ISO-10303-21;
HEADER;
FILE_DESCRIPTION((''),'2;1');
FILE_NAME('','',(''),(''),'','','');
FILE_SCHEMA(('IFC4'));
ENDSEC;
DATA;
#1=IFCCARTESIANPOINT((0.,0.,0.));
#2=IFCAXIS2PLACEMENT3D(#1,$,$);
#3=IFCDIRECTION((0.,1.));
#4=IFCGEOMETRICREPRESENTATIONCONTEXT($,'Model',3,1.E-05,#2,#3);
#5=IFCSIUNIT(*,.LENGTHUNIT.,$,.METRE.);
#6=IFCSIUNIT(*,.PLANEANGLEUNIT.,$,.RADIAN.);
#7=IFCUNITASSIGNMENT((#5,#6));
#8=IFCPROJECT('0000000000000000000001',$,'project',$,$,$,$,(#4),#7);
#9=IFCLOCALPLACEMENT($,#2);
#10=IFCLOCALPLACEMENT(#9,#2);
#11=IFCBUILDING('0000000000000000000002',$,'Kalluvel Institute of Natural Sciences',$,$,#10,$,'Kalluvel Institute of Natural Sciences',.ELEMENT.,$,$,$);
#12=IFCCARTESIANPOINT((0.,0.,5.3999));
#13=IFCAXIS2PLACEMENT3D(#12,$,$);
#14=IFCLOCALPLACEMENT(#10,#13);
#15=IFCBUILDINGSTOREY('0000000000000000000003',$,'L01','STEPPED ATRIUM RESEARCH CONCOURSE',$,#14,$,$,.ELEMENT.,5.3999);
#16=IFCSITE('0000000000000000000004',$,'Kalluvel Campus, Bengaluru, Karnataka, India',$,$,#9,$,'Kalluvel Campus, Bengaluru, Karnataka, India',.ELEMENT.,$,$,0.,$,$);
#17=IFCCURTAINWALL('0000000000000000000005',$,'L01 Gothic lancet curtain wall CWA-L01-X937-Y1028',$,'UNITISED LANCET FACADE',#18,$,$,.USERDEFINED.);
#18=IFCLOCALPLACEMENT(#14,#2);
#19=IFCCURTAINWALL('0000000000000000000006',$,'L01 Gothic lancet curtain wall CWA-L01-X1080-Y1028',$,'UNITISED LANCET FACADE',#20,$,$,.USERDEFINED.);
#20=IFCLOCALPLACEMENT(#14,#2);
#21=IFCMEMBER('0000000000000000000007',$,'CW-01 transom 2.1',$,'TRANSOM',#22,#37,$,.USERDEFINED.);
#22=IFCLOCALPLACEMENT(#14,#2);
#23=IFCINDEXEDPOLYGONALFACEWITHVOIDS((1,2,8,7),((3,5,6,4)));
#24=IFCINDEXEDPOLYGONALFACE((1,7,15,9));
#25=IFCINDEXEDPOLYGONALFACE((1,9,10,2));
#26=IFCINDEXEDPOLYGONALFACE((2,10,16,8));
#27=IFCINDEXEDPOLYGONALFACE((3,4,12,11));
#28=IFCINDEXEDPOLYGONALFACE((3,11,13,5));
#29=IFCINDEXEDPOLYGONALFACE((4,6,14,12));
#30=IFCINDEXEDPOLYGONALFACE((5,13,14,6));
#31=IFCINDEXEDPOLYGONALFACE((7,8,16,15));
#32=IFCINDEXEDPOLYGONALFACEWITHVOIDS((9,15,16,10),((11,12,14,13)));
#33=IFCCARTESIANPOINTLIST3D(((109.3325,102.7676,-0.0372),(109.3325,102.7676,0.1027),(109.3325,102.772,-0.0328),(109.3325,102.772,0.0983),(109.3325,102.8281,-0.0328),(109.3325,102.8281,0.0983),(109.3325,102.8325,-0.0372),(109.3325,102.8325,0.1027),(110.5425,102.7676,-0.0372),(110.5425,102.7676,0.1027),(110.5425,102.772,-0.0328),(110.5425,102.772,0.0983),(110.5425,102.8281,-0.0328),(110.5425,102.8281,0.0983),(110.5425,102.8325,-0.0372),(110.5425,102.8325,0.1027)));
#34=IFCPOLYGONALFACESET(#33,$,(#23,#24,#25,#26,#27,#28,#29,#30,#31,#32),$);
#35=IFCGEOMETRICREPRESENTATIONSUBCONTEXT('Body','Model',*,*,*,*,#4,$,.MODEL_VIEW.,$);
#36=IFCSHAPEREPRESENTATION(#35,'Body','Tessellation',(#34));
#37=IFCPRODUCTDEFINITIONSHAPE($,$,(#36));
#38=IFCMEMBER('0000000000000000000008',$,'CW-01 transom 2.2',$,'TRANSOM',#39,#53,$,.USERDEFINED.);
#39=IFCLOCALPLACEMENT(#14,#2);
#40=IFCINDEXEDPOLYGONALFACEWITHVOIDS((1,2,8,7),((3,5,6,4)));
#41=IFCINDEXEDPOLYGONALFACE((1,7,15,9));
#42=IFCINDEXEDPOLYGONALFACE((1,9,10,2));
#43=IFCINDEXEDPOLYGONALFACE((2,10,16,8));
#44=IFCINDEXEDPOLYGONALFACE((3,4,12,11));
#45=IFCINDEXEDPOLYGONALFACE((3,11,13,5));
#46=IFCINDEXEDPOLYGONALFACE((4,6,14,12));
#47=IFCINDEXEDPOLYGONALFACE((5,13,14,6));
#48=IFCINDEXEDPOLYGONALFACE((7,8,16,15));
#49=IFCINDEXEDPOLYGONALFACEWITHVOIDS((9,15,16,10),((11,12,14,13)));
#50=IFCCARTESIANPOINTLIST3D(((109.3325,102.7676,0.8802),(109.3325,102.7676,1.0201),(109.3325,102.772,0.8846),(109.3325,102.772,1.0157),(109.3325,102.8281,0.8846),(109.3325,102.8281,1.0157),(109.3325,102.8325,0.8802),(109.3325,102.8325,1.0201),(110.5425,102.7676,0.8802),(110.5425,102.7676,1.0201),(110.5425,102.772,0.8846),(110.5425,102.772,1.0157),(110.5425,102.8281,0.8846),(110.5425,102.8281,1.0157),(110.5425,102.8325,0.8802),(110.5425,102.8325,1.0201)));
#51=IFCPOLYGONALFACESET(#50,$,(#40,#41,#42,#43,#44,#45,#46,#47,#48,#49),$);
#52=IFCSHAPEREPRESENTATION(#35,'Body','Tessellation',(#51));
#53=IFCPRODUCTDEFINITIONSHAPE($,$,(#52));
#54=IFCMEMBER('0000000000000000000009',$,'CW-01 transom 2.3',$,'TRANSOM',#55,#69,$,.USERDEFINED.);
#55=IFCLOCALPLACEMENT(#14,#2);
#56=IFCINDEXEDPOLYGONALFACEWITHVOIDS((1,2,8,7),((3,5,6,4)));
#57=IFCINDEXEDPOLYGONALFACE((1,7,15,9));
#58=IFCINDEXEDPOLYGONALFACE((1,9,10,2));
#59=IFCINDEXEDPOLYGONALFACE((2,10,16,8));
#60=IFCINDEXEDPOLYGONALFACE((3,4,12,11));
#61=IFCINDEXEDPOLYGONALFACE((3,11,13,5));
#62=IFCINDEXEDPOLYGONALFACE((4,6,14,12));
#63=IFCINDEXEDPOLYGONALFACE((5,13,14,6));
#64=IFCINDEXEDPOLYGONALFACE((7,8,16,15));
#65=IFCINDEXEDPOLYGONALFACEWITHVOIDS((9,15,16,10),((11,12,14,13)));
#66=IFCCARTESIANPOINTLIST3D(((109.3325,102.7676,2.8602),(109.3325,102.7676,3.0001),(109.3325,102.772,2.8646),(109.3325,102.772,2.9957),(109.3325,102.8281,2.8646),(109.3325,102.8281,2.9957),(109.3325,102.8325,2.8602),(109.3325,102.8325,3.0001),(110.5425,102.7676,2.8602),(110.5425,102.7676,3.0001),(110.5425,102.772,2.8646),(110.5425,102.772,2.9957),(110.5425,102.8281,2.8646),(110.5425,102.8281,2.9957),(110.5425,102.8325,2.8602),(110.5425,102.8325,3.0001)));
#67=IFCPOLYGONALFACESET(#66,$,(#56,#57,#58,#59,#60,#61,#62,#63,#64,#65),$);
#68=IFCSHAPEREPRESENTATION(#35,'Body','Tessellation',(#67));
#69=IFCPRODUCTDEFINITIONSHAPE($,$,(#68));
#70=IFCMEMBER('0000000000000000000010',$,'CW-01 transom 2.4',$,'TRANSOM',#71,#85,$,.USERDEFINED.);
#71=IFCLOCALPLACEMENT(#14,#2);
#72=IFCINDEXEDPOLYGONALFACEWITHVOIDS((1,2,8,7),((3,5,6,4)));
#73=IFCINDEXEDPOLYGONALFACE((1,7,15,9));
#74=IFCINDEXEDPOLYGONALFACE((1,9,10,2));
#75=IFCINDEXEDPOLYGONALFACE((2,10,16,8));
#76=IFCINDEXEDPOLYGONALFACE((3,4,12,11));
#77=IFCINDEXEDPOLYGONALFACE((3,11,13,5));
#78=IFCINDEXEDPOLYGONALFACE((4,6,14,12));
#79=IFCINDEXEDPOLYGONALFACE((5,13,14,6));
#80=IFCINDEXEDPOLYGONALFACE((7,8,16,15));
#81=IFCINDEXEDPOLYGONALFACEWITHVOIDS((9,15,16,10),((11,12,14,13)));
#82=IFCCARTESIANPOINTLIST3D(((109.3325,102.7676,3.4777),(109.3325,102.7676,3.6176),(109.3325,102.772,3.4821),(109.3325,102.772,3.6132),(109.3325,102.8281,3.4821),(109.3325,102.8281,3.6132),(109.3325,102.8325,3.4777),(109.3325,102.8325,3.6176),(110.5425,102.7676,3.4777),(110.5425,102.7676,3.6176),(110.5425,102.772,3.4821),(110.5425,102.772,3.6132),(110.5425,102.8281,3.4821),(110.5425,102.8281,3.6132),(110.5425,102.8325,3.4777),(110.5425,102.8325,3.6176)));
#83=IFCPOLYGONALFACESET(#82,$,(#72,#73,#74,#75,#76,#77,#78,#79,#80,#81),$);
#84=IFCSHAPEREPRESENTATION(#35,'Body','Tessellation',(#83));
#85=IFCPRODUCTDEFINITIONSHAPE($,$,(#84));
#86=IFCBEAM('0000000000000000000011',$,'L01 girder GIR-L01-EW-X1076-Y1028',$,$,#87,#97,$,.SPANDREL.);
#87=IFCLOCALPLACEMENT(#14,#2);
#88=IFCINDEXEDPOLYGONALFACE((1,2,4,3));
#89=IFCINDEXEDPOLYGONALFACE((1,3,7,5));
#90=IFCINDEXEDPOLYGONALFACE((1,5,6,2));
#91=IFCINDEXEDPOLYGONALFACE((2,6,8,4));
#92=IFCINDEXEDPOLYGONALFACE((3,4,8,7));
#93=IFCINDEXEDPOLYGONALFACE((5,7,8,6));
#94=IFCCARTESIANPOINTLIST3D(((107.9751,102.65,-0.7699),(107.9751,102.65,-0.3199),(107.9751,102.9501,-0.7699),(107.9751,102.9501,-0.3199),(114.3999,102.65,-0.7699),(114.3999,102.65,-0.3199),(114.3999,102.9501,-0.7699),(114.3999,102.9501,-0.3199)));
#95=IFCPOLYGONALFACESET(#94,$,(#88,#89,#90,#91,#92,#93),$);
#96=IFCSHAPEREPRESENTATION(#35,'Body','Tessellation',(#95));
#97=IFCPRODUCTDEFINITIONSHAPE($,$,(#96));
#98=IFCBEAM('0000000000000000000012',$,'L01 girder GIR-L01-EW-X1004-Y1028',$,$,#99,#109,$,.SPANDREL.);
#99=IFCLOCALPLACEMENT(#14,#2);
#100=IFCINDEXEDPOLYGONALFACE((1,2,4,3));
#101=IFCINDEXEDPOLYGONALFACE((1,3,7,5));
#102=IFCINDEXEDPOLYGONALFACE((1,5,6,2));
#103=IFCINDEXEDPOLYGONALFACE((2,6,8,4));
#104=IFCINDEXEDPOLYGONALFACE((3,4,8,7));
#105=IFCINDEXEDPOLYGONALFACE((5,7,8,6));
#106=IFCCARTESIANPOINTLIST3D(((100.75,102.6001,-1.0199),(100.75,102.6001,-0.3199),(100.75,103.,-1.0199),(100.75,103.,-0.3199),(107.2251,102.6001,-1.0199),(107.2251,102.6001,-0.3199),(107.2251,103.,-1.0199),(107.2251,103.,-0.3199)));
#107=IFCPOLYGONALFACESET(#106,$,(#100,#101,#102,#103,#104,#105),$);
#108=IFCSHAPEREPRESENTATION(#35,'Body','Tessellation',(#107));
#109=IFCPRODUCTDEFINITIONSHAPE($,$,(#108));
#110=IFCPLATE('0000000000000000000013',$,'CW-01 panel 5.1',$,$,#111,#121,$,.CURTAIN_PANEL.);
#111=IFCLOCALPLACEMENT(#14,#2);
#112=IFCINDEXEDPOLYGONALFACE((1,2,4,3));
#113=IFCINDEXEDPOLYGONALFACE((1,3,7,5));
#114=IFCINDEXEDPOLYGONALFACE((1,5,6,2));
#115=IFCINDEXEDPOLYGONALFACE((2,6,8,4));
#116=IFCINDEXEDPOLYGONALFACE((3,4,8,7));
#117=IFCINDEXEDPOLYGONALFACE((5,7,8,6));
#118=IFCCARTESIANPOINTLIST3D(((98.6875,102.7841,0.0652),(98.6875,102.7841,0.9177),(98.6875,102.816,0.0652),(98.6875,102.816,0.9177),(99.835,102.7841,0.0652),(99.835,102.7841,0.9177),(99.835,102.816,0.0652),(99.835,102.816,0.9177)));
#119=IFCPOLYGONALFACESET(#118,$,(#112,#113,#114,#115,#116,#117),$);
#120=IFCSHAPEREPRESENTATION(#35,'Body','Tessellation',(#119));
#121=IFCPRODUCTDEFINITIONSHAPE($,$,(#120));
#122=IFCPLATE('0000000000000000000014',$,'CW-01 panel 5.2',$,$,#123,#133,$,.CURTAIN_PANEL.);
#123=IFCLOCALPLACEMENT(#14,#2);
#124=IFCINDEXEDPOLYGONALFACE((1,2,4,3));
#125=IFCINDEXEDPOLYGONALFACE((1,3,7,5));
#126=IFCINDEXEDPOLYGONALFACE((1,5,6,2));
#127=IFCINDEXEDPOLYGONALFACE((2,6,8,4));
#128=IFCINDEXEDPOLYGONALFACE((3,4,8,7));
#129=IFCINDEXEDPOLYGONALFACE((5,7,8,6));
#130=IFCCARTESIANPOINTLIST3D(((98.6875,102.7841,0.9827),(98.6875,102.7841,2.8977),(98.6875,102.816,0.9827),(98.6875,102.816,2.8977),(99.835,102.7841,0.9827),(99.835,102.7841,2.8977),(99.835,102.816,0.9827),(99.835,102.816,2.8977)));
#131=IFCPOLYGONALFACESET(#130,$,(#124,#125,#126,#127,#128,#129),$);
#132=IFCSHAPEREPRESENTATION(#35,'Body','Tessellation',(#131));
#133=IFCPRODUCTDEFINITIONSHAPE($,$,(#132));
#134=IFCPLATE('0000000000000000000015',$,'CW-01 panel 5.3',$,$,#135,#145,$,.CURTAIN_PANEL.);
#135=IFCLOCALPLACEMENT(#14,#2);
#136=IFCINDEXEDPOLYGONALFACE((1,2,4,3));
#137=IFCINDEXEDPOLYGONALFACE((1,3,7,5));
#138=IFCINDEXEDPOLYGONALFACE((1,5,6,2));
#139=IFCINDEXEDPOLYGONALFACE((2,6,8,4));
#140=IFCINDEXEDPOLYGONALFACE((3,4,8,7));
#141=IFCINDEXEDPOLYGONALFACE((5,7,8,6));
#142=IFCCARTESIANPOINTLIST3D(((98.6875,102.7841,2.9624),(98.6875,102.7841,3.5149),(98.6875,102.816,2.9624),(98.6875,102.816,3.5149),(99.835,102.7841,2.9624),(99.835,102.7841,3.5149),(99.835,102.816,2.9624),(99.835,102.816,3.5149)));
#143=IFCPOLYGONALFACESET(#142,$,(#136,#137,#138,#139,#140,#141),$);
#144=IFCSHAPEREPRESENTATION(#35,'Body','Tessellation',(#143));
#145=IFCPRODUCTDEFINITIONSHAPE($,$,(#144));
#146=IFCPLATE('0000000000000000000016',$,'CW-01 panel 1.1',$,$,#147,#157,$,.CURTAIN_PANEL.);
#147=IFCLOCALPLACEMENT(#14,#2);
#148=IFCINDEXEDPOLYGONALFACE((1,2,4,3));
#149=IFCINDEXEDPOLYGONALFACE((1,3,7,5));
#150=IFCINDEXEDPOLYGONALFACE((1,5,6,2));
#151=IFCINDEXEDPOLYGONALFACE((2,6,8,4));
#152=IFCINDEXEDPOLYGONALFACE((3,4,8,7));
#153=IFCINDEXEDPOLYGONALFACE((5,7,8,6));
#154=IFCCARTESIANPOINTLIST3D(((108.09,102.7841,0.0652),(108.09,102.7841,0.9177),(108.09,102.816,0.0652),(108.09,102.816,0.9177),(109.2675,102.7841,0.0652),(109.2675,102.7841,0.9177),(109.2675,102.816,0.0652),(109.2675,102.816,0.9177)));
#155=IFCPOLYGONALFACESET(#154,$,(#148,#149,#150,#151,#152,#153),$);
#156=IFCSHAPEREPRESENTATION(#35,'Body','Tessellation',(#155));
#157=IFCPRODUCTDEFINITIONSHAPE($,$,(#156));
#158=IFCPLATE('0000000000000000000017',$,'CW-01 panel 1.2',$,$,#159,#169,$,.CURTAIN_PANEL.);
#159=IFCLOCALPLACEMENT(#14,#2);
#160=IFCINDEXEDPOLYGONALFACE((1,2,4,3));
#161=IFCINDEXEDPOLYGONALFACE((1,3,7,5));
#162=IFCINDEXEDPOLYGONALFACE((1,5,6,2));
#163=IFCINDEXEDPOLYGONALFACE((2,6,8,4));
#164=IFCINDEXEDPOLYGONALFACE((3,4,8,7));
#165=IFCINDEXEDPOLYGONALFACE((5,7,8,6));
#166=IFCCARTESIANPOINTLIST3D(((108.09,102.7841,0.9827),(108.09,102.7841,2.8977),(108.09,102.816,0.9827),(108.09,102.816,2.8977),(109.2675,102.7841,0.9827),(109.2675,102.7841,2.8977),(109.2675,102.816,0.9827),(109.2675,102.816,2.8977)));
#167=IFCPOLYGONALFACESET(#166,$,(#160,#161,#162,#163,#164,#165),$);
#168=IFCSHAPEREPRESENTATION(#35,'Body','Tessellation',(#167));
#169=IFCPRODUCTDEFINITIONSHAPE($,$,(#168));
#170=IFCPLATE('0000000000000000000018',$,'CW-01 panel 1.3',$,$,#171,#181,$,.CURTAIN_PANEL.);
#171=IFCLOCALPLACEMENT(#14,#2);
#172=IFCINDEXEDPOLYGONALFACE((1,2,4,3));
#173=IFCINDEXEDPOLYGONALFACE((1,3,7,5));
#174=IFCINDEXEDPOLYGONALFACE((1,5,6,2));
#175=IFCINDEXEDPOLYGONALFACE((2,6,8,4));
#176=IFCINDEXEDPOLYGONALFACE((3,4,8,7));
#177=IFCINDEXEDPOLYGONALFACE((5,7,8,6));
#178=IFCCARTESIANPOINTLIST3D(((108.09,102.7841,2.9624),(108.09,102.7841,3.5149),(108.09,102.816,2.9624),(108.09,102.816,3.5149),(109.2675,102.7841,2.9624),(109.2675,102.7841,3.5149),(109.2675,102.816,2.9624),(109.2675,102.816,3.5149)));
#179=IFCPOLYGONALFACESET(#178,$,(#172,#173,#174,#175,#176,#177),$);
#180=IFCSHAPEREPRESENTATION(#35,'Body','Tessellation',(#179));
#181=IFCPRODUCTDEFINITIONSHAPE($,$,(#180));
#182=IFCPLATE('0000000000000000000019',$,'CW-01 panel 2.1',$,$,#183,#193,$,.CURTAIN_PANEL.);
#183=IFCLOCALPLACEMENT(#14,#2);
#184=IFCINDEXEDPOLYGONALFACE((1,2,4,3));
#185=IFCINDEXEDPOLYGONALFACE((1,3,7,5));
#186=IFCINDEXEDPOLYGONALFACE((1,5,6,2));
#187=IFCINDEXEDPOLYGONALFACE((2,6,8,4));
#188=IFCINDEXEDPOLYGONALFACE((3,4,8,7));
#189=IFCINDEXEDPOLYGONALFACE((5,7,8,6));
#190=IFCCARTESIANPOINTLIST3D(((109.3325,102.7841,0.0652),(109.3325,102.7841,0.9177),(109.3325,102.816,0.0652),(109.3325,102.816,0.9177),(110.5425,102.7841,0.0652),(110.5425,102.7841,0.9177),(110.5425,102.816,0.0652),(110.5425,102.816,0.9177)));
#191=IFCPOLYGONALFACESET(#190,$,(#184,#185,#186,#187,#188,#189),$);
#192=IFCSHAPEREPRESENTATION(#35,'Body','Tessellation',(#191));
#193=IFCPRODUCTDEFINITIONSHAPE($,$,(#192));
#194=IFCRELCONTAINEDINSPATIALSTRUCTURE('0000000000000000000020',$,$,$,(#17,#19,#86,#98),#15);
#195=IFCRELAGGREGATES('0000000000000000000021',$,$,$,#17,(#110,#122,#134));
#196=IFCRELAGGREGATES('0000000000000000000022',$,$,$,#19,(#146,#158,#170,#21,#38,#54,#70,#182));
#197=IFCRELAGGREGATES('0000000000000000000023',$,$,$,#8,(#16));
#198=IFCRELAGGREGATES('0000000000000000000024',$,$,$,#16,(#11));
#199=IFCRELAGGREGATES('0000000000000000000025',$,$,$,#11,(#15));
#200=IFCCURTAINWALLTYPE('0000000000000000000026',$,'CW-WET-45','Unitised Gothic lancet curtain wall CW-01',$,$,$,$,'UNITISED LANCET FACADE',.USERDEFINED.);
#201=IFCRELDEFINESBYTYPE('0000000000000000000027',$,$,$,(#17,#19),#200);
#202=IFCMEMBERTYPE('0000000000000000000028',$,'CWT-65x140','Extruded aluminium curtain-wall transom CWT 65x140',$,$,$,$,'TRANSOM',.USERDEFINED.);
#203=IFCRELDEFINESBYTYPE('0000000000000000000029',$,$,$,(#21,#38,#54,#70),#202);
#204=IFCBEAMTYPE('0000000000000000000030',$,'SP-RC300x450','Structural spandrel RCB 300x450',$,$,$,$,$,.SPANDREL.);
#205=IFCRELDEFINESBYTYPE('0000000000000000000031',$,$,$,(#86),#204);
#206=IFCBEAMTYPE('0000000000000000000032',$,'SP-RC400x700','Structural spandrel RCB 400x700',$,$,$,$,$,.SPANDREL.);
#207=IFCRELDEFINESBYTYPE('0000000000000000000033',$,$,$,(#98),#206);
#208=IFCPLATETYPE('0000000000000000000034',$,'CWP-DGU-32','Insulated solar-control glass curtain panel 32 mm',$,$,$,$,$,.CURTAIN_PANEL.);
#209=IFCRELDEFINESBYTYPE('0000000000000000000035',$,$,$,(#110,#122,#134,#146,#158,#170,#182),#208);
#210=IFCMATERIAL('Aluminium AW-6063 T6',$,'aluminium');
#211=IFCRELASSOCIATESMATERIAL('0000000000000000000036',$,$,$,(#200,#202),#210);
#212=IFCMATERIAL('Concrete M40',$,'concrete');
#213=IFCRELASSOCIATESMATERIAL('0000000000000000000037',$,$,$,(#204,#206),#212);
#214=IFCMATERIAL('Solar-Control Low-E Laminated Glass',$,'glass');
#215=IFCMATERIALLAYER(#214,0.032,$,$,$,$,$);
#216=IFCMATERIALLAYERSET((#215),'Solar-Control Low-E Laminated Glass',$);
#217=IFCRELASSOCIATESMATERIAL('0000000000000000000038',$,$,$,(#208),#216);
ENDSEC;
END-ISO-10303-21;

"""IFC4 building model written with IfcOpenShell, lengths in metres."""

from ifc_helpers import new_model, si_unit, direction, frame, origin, origin_2d, place, context, subcontext, project, spatial, rectangle, hollow_rectangle, extrude, material, layer, layer_set, material_profile, profile_set, type_object, element, aggregate, save


model = new_model("IFC4")

# Units and contexts
model_context = context("Model", 3, precision=1e-05, world=origin(), true_north=direction((0.0, 1.0)))
body_context = subcontext(model_context, "Body", "Model", "MODEL_VIEW")
ifc_project = project(units=[si_unit("LENGTHUNIT", "METRE"), si_unit("PLANEANGLEUNIT", "RADIAN")], contexts=[model_context])

# Site, building, storey
site_placement = place(None, origin())
site = spatial("IfcSite", under=ifc_project, at=site_placement, Name="Kalluvel Campus, Bengaluru, Karnataka, India", LongName="Kalluvel Campus, Bengaluru, Karnataka, India", CompositionType="ELEMENT", RefElevation=0.0)
building_placement = place(site_placement, origin())
building = spatial("IfcBuilding", under=site, at=building_placement, Name="Kalluvel Institute of Natural Sciences", LongName="Kalluvel Institute of Natural Sciences", CompositionType="ELEMENT")
storey_placement = place(building_placement, frame((0.0, 0.0, 5.3999)))
storey = spatial("IfcBuildingStorey", under=building, at=storey_placement, Name="L01", Description="STEPPED ATRIUM RESEARCH CONCOURSE", CompositionType="ELEMENT", Elevation=5.3999)

# Curtain wall
ifc_material_1 = material(Name="Aluminium AW-6063 T6", Category="aluminium")
curtain_wall_type = type_object("IfcCurtainWallType", Name="CW-WET-45", Description="Unitised Gothic lancet curtain wall CW-01", ElementType="UNITISED LANCET FACADE", PredefinedType="USERDEFINED", material=ifc_material_1)
curtain_wall_1_placement = place(storey_placement, origin())
curtain_wall_1 = element("IfcCurtainWall", 1, at=curtain_wall_1_placement, inside=storey, type_object=curtain_wall_type, Name="L01 Gothic lancet curtain wall CWA-L01-X937-Y1028", ObjectType="UNITISED LANCET FACADE", PredefinedType="USERDEFINED")

# Curtain wall
curtain_wall_2_placement = place(storey_placement, origin())
curtain_wall_2 = element("IfcCurtainWall", 2, at=curtain_wall_2_placement, inside=storey, type_object=curtain_wall_type, Name="L01 Gothic lancet curtain wall CWA-L01-X1080-Y1028", ObjectType="UNITISED LANCET FACADE", PredefinedType="USERDEFINED")

# Members
ifc_material_profile_1 = material_profile(ifc_material_1, hollow_rectangle(XDim=0.0649, YDim=0.1399, WallThickness=0.0044, at=origin_2d()), Name="CWT 65x140")
ifc_profile_set_1 = profile_set([ifc_material_profile_1], Name="Aluminium AW-6063 T6")
member_type_1 = type_object("IfcMemberType", Name="CWT-65x140", Description="Extruded aluminium curtain-wall transom CWT 65x140", ElementType="TRANSOM", PredefinedType="USERDEFINED", material=ifc_profile_set_1)
member_1_placement = place(storey_placement, frame((109.3325, 102.8, 0.0327), z_axis=(1.0, 0.0, 0.0), x_axis=(0.0, 1.0, 0.0)))
member_1 = element("IfcMember", 3, at=member_1_placement, type_object=member_type_1, Name="CW-01 transom 2.1", ObjectType="TRANSOM", PredefinedType="USERDEFINED", context=body_context, shape_type="SweptSolid", body=[
    extrude(hollow_rectangle(XDim=0.0649, YDim=0.1399, WallThickness=0.0044, at=origin_2d()), origin(), (0.0, 0.0, 1.0), 1.21),
])
member_2_placement = place(storey_placement, frame((109.3325, 102.8, 0.9502), z_axis=(1.0, 0.0, 0.0), x_axis=(0.0, 1.0, 0.0)))
member_2 = element("IfcMember", 4, at=member_2_placement, type_object=member_type_1, Name="CW-01 transom 2.2", ObjectType="TRANSOM", PredefinedType="USERDEFINED", context=body_context, shape_type="SweptSolid", body=[
    extrude(hollow_rectangle(XDim=0.0649, YDim=0.1399, WallThickness=0.0044, at=origin_2d()), origin(), (0.0, 0.0, 1.0), 1.21),
])
member_3_placement = place(storey_placement, frame((109.3325, 102.8, 2.9302), z_axis=(1.0, 0.0, 0.0), x_axis=(0.0, 1.0, 0.0)))
member_3 = element("IfcMember", 5, at=member_3_placement, type_object=member_type_1, Name="CW-01 transom 2.3", ObjectType="TRANSOM", PredefinedType="USERDEFINED", context=body_context, shape_type="SweptSolid", body=[
    extrude(hollow_rectangle(XDim=0.0649, YDim=0.1399, WallThickness=0.0044, at=origin_2d()), origin(), (0.0, 0.0, 1.0), 1.21),
])
member_4_placement = place(storey_placement, frame((109.3325, 102.8, 3.5476), z_axis=(1.0, 0.0, 0.0), x_axis=(0.0, 1.0, 0.0)))
member_4 = element("IfcMember", 6, at=member_4_placement, type_object=member_type_1, Name="CW-01 transom 2.4", ObjectType="TRANSOM", PredefinedType="USERDEFINED", context=body_context, shape_type="SweptSolid", body=[
    extrude(hollow_rectangle(XDim=0.0649, YDim=0.1399, WallThickness=0.0044, at=origin_2d()), origin(), (0.0, 0.0, 1.0), 1.21),
])

# Beams
ifc_material_2 = material(Name="Concrete M40", Category="concrete")
ifc_material_profile_2 = material_profile(ifc_material_2, rectangle(XDim=0.3, YDim=0.45, at=origin_2d()), Name="RCB 300x450")
ifc_profile_set_2 = profile_set([ifc_material_profile_2], Name="Concrete M40")
beam_type_1 = type_object("IfcBeamType", Name="SP-RC300x450", Description="Structural spandrel RCB 300x450", PredefinedType="SPANDREL", material=ifc_profile_set_2)
beam_1_placement = place(storey_placement, frame((107.9751, 102.8, -0.5449), z_axis=(1.0, 0.0, 0.0), x_axis=(0.0, 1.0, 0.0)))
element("IfcBeam", 7, at=beam_1_placement, inside=storey, type_object=beam_type_1, Name="L01 girder GIR-L01-EW-X1076-Y1028", PredefinedType="SPANDREL", context=body_context, shape_type="SweptSolid", body=[
    extrude(rectangle(XDim=0.3, YDim=0.45, at=origin_2d()), origin(), (0.0, 0.0, 1.0), 6.4248),
])
ifc_material_profile_3 = material_profile(ifc_material_2, rectangle(XDim=0.3999, YDim=0.7, at=origin_2d()), Name="RCB 400x700")
ifc_profile_set_3 = profile_set([ifc_material_profile_3], Name="Concrete M40")
beam_type_2 = type_object("IfcBeamType", Name="SP-RC400x700", Description="Structural spandrel RCB 400x700", PredefinedType="SPANDREL", material=ifc_profile_set_3)
beam_2_placement = place(storey_placement, frame((100.75, 102.8, -0.6699), z_axis=(1.0, 0.0, 0.0), x_axis=(0.0, 1.0, 0.0)))
element("IfcBeam", 8, at=beam_2_placement, inside=storey, type_object=beam_type_2, Name="L01 girder GIR-L01-EW-X1004-Y1028", PredefinedType="SPANDREL", context=body_context, shape_type="SweptSolid", body=[
    extrude(rectangle(XDim=0.3999, YDim=0.7, at=origin_2d()), origin(), (0.0, 0.0, 1.0), 6.4751),
])

# Plates
ifc_material_3 = material(Name="Solar-Control Low-E Laminated Glass", Category="glass")
ifc_layer_1 = layer(ifc_material_3, 0.032)
ifc_layer_set_1 = layer_set([ifc_layer_1], Name="Solar-Control Low-E Laminated Glass")
plate_type = type_object("IfcPlateType", Name="CWP-DGU-32", Description="Insulated solar-control glass curtain panel 32 mm", PredefinedType="CURTAIN_PANEL", material=ifc_layer_set_1)
plate_1_placement = place(storey_placement, frame((99.2612, 102.8, 0.0652), z_axis=(0.0, 0.0, 1.0), x_axis=(1.0, 0.0, 0.0)))
plate_1 = element("IfcPlate", 9, at=plate_1_placement, type_object=plate_type, Name="CW-01 panel 5.1", PredefinedType="CURTAIN_PANEL", context=body_context, shape_type="SweptSolid", body=[
    extrude(rectangle(XDim=1.1475, YDim=0.032, at=origin_2d()), origin(), (0.0, 0.0, 1.0), 0.8525),
])
plate_2_placement = place(storey_placement, frame((99.2612, 102.8, 0.9827), z_axis=(0.0, 0.0, 1.0), x_axis=(1.0, 0.0, 0.0)))
plate_2 = element("IfcPlate", 10, at=plate_2_placement, type_object=plate_type, Name="CW-01 panel 5.2", PredefinedType="CURTAIN_PANEL", context=body_context, shape_type="SweptSolid", body=[
    extrude(rectangle(XDim=1.1475, YDim=0.032, at=origin_2d()), origin(), (0.0, 0.0, 1.0), 1.915),
])
plate_3_placement = place(storey_placement, frame((99.2612, 102.8, 2.9624), z_axis=(0.0, 0.0, 1.0), x_axis=(1.0, 0.0, 0.0)))
plate_3 = element("IfcPlate", 11, at=plate_3_placement, type_object=plate_type, Name="CW-01 panel 5.3", PredefinedType="CURTAIN_PANEL", context=body_context, shape_type="SweptSolid", body=[
    extrude(rectangle(XDim=1.1475, YDim=0.032, at=origin_2d()), origin(), (0.0, 0.0, 1.0), 0.5525),
])
aggregate(curtain_wall_1, [plate_1, plate_2, plate_3])
plate_4_placement = place(storey_placement, frame((108.6787, 102.8, 0.0652), z_axis=(0.0, 0.0, 1.0), x_axis=(1.0, 0.0, 0.0)))
plate_4 = element("IfcPlate", 12, at=plate_4_placement, type_object=plate_type, Name="CW-01 panel 1.1", PredefinedType="CURTAIN_PANEL", context=body_context, shape_type="SweptSolid", body=[
    extrude(rectangle(XDim=1.1775, YDim=0.032, at=origin_2d()), origin(), (0.0, 0.0, 1.0), 0.8525),
])
plate_5_placement = place(storey_placement, frame((108.6787, 102.8, 0.9827), z_axis=(0.0, 0.0, 1.0), x_axis=(1.0, 0.0, 0.0)))
plate_5 = element("IfcPlate", 13, at=plate_5_placement, type_object=plate_type, Name="CW-01 panel 1.2", PredefinedType="CURTAIN_PANEL", context=body_context, shape_type="SweptSolid", body=[
    extrude(rectangle(XDim=1.1775, YDim=0.032, at=origin_2d()), origin(), (0.0, 0.0, 1.0), 1.915),
])
plate_6_placement = place(storey_placement, frame((108.6787, 102.8, 2.9624), z_axis=(0.0, 0.0, 1.0), x_axis=(1.0, 0.0, 0.0)))
plate_6 = element("IfcPlate", 14, at=plate_6_placement, type_object=plate_type, Name="CW-01 panel 1.3", PredefinedType="CURTAIN_PANEL", context=body_context, shape_type="SweptSolid", body=[
    extrude(rectangle(XDim=1.1775, YDim=0.032, at=origin_2d()), origin(), (0.0, 0.0, 1.0), 0.5525),
])
plate_7_placement = place(storey_placement, frame((109.9375, 102.8, 0.0652), z_axis=(0.0, 0.0, 1.0), x_axis=(1.0, 0.0, 0.0)))
plate_7 = element("IfcPlate", 15, at=plate_7_placement, type_object=plate_type, Name="CW-01 panel 2.1", PredefinedType="CURTAIN_PANEL", context=body_context, shape_type="SweptSolid", body=[
    extrude(rectangle(XDim=1.21, YDim=0.032, at=origin_2d()), origin(), (0.0, 0.0, 1.0), 0.8525),
])
aggregate(curtain_wall_2, [plate_4, plate_5, plate_6, member_1, member_2, member_3, member_4, plate_7])

save(model, "model.ifc")
